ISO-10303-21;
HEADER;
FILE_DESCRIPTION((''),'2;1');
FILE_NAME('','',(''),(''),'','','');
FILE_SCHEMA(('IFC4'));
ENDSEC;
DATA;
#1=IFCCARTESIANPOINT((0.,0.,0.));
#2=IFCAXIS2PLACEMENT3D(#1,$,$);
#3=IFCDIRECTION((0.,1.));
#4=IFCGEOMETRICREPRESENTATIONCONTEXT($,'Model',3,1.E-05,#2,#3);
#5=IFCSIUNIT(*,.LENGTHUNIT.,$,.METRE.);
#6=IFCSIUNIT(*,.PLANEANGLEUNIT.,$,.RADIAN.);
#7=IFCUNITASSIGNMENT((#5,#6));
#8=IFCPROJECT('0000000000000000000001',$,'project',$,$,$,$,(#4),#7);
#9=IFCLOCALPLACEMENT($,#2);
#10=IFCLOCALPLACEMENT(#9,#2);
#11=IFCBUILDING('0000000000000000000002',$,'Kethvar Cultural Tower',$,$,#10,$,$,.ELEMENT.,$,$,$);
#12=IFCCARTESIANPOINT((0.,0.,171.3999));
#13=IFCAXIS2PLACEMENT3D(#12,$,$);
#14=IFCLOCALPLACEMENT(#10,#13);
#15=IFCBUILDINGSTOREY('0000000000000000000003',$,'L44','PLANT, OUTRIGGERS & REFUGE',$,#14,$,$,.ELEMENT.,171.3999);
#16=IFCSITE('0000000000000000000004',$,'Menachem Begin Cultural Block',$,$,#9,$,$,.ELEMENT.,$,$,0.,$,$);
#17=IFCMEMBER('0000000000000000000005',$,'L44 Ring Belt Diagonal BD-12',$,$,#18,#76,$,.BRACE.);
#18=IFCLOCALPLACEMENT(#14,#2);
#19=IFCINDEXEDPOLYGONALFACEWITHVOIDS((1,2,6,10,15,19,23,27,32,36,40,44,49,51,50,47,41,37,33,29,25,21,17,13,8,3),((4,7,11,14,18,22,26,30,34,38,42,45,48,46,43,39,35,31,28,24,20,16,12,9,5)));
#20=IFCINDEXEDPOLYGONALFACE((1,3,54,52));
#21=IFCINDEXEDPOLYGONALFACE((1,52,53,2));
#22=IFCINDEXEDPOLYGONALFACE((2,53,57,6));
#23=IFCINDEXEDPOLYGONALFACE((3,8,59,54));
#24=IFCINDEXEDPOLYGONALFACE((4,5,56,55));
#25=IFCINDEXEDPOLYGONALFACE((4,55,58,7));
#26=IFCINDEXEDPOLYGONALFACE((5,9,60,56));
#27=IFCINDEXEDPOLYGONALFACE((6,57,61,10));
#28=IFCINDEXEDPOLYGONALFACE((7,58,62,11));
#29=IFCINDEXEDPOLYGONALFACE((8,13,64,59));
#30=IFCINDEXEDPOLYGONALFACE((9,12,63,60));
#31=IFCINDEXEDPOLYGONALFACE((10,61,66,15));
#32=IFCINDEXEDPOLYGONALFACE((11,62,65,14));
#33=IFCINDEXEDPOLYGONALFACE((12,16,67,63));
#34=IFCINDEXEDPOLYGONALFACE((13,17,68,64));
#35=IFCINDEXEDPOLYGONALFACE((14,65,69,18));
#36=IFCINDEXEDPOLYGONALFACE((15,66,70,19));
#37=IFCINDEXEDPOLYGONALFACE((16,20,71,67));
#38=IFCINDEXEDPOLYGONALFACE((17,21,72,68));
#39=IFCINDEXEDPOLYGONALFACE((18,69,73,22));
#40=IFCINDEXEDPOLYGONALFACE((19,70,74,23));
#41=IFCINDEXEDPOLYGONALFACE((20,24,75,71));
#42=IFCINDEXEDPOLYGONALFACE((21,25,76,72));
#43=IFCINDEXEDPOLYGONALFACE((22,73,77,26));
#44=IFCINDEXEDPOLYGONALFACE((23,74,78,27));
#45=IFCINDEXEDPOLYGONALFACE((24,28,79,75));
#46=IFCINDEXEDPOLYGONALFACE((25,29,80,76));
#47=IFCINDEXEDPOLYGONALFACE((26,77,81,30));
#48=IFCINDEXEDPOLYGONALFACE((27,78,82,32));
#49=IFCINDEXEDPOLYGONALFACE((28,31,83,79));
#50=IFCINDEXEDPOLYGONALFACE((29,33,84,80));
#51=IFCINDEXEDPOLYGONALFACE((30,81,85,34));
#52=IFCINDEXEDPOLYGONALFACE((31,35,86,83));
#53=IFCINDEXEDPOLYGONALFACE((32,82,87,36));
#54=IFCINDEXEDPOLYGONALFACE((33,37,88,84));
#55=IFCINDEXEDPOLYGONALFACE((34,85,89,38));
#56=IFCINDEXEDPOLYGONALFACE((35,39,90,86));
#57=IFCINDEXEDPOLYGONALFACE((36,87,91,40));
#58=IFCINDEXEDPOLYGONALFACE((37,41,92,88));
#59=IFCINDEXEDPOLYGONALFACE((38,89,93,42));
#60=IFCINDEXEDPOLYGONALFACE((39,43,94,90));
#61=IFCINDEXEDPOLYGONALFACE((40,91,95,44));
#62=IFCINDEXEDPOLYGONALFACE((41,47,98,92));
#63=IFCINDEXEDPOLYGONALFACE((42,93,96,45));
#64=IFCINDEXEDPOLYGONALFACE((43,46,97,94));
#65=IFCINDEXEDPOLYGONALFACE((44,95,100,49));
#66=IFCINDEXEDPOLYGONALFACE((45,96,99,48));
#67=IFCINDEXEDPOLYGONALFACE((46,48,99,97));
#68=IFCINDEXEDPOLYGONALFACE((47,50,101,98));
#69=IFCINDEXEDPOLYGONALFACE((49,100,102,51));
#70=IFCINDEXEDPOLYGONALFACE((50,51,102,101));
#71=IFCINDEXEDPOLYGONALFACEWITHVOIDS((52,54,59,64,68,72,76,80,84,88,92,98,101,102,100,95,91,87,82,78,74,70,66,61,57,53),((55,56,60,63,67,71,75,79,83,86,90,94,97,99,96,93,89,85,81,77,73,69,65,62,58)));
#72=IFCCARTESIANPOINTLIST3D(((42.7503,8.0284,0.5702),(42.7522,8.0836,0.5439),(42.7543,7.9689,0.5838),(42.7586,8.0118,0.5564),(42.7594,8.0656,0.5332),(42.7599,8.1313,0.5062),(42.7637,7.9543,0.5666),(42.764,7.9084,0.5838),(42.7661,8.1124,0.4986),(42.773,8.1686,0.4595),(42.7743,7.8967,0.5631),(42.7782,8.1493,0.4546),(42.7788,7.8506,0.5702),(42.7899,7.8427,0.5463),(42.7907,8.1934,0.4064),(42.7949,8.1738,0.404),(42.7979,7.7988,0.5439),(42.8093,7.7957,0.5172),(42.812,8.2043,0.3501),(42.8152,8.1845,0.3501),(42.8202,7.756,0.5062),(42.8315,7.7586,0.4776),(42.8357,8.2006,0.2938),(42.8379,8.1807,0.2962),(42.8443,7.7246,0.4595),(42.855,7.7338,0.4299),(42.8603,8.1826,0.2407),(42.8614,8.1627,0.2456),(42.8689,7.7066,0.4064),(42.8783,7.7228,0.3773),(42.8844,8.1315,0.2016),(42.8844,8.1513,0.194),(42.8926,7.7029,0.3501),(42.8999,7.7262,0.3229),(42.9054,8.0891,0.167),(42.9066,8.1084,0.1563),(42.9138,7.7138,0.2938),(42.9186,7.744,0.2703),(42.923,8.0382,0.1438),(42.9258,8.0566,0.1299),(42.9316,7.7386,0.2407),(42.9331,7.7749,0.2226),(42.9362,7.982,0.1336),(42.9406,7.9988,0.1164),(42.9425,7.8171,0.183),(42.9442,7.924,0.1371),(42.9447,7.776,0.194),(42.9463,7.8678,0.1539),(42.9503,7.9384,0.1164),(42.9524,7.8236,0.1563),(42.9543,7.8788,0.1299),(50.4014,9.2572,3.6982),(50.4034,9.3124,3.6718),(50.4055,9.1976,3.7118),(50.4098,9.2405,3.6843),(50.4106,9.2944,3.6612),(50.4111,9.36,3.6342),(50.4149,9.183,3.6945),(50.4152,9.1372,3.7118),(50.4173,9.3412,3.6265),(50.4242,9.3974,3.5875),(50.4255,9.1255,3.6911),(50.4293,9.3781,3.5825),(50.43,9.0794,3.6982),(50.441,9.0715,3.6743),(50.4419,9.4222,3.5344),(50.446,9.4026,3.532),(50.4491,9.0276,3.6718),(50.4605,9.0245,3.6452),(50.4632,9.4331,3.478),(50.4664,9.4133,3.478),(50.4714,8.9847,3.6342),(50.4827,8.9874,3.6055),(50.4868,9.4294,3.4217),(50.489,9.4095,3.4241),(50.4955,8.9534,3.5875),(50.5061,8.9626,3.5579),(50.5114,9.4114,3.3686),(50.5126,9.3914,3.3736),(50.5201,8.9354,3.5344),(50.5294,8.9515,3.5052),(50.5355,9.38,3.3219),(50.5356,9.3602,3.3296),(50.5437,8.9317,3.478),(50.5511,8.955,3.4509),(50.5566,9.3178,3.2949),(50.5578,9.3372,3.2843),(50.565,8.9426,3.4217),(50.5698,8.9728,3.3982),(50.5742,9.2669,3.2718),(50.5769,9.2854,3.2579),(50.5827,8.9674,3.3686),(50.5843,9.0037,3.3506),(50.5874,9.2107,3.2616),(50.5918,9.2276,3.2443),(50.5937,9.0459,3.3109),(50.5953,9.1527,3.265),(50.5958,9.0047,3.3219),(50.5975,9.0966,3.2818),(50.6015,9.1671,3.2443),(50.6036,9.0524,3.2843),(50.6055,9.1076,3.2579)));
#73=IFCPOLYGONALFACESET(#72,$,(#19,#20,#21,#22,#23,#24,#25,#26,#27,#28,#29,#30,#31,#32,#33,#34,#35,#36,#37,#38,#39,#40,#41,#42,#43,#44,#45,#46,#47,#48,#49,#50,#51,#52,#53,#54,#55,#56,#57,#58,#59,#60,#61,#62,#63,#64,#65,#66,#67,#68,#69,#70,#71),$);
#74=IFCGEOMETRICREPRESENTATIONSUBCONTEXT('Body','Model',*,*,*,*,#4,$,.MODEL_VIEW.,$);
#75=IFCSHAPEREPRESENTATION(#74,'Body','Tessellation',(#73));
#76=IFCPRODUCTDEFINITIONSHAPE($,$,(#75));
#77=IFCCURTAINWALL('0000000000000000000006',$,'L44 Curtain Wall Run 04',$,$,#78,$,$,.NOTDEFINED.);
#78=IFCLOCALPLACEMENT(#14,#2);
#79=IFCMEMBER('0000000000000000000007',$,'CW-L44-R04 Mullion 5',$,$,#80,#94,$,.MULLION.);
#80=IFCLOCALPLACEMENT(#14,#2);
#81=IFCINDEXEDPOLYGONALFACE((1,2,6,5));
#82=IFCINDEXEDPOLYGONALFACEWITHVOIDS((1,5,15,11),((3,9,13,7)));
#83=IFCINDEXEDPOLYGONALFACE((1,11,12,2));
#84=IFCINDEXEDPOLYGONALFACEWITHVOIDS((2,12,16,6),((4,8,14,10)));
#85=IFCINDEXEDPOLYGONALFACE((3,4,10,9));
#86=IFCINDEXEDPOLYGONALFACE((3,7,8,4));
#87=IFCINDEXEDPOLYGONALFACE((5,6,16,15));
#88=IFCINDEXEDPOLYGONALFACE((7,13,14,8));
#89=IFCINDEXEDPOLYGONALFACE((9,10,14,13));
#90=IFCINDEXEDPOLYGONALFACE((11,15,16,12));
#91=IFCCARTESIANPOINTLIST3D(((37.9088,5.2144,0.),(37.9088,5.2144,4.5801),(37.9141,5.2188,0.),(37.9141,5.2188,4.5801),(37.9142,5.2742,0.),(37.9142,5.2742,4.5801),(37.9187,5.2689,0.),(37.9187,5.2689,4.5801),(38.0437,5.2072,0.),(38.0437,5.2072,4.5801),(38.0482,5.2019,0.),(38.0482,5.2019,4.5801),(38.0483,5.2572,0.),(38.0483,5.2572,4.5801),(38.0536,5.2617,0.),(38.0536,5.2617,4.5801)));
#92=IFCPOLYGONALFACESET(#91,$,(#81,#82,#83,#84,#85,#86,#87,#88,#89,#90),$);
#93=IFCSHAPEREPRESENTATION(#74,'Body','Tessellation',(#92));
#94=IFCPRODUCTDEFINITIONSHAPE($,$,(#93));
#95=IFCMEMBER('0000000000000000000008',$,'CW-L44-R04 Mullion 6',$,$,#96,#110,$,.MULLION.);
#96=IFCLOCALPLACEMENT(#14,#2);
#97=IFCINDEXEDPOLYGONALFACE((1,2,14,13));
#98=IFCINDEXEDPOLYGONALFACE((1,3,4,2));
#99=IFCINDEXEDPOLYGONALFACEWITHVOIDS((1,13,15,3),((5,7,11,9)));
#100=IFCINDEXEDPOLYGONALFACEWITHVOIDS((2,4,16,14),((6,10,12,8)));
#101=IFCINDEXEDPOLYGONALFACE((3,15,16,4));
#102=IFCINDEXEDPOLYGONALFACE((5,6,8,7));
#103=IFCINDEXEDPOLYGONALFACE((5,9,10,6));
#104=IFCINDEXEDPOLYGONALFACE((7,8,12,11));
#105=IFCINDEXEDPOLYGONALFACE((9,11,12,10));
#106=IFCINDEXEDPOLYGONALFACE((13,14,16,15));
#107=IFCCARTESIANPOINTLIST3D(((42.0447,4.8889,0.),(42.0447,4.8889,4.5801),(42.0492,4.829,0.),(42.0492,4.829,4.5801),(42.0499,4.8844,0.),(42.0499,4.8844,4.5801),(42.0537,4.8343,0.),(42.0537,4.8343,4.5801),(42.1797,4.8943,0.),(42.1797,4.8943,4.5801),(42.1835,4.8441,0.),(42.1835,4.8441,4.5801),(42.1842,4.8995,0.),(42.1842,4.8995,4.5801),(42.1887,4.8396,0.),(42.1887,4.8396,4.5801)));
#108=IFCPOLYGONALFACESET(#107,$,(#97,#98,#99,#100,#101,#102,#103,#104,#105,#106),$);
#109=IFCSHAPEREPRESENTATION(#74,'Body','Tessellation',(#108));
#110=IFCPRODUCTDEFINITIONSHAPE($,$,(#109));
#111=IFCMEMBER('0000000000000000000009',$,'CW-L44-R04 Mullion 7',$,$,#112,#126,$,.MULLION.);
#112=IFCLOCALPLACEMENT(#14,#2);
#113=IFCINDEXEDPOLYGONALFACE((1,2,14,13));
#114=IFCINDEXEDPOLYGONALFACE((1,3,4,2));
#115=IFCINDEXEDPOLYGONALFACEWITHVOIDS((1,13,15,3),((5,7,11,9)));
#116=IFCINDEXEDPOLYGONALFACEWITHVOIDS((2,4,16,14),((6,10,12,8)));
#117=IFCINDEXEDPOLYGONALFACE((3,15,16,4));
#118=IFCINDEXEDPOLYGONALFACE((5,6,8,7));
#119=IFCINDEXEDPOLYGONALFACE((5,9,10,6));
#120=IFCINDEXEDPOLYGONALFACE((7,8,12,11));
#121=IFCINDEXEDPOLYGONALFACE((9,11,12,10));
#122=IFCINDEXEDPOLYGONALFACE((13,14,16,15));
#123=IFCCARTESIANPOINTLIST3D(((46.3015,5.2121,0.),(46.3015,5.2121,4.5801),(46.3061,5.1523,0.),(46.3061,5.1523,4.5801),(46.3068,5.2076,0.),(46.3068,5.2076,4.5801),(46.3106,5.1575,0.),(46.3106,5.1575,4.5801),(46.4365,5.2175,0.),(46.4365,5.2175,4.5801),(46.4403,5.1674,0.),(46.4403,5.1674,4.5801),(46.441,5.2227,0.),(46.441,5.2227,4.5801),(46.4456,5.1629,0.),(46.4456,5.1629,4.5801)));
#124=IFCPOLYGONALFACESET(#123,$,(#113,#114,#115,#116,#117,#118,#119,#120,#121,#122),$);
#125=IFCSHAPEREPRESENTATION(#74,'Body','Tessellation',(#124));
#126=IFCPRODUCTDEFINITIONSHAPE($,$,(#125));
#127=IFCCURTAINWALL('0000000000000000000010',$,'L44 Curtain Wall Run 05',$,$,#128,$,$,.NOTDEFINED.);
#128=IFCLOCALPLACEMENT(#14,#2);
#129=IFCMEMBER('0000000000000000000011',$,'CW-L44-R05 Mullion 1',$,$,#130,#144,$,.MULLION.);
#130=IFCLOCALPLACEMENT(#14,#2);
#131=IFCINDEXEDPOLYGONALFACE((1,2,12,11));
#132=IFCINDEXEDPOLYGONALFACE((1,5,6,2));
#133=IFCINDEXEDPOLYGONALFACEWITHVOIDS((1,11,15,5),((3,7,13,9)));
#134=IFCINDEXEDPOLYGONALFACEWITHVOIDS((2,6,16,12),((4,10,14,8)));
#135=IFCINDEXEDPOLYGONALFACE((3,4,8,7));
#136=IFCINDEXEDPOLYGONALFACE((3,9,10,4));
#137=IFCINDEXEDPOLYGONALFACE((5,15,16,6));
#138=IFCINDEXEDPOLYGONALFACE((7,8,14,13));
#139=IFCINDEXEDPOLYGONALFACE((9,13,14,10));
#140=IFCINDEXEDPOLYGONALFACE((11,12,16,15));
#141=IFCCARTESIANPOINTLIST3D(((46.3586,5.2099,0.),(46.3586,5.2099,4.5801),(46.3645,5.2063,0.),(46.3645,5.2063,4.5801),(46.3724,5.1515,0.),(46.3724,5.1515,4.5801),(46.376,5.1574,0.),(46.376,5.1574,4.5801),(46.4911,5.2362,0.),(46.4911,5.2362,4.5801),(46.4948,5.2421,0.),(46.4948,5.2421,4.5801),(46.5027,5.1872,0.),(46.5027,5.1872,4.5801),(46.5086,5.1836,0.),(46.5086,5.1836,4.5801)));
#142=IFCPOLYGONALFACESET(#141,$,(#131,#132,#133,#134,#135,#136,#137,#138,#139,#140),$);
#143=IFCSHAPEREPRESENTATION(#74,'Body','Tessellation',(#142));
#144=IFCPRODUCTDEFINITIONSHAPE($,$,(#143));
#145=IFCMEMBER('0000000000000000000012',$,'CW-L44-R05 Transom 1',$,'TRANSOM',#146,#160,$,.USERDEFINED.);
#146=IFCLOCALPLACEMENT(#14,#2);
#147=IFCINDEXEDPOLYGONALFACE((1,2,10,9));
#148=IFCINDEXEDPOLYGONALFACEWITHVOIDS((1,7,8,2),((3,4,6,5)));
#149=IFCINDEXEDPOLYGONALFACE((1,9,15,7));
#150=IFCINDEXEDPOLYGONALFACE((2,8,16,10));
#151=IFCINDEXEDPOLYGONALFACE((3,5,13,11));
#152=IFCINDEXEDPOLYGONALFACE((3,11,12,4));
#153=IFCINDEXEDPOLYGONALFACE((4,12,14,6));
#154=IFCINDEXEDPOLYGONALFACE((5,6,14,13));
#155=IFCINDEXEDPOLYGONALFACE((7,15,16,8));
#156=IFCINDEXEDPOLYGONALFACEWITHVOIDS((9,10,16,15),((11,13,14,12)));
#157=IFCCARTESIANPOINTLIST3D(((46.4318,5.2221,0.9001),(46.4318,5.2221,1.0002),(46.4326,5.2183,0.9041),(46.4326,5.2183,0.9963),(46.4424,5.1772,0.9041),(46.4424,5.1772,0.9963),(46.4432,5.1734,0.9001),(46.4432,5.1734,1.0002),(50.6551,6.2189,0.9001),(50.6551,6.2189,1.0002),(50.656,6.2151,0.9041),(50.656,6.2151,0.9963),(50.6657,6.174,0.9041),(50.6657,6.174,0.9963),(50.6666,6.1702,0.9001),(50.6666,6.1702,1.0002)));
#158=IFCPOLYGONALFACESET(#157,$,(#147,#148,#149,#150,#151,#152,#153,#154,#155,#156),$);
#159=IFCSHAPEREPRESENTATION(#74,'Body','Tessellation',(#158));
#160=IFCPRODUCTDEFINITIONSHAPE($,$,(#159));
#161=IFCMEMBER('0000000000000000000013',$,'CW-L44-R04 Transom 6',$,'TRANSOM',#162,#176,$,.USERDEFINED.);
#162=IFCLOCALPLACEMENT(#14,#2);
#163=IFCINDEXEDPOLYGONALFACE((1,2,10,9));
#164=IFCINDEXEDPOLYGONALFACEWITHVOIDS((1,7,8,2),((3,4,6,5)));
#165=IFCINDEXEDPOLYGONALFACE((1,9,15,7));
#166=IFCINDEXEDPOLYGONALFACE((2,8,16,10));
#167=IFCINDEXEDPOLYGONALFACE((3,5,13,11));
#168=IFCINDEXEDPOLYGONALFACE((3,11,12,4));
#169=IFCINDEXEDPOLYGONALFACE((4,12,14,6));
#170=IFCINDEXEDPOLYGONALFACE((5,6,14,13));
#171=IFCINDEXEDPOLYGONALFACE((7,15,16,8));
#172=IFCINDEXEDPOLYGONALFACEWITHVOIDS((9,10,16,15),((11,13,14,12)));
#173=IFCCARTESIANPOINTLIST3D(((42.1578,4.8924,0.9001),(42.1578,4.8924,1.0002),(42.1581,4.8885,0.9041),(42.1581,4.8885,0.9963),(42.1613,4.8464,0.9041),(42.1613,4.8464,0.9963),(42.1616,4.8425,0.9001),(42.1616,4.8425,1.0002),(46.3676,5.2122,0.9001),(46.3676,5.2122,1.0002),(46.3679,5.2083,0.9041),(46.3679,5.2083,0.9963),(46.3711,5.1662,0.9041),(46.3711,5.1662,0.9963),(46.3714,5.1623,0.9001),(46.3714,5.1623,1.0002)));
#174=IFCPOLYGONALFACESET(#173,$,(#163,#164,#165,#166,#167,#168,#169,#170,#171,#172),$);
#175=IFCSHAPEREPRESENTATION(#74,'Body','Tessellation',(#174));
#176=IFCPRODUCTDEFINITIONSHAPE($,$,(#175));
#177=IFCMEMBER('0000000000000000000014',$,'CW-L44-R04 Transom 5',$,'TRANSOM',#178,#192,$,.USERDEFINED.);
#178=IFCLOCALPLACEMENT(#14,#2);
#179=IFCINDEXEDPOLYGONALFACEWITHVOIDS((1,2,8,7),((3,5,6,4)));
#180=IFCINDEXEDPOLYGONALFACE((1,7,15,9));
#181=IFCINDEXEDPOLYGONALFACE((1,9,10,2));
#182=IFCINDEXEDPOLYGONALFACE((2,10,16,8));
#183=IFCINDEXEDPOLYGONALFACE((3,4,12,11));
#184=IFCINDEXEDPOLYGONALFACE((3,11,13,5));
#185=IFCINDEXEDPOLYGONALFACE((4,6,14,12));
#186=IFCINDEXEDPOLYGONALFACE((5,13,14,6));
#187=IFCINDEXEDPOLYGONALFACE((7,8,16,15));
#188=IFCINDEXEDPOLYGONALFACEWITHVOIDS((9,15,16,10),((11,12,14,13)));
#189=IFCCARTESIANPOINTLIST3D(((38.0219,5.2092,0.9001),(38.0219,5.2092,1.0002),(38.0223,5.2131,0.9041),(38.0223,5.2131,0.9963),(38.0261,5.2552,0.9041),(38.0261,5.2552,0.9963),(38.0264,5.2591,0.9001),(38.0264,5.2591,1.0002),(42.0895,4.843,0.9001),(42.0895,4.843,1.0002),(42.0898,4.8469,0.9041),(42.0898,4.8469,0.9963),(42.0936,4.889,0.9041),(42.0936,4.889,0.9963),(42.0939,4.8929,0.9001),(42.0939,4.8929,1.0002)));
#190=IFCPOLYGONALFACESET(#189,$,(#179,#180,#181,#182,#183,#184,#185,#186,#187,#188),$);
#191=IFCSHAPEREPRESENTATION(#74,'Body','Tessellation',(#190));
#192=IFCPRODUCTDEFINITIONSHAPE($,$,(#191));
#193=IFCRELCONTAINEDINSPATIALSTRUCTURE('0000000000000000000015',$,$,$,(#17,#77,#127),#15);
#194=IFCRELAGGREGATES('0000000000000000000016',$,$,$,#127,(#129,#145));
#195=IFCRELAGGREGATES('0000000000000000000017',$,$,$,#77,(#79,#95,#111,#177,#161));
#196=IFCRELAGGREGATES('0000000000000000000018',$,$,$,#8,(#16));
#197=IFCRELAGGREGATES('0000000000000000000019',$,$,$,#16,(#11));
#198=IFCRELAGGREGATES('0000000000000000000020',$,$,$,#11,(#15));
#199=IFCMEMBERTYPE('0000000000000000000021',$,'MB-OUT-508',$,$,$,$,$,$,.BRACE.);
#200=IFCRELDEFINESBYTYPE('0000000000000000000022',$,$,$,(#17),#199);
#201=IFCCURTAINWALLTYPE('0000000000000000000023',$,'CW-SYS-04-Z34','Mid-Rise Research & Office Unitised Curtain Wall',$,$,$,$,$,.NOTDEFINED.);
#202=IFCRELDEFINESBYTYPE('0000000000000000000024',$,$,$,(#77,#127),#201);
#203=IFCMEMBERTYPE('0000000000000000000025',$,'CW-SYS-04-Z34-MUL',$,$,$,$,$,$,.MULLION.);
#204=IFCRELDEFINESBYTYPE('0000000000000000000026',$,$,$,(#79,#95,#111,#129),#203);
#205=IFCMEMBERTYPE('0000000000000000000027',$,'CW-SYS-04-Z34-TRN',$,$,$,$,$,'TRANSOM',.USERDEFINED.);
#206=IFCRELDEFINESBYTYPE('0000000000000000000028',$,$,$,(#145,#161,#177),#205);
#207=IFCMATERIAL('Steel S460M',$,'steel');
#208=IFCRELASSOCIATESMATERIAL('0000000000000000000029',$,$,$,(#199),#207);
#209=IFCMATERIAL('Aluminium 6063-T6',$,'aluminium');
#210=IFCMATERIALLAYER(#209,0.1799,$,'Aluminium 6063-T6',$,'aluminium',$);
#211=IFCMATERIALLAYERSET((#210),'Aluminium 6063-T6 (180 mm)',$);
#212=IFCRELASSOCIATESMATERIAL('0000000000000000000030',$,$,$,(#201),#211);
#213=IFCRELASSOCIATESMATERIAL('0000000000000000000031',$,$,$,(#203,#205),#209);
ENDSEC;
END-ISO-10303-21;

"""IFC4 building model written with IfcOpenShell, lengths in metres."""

from ifc_helpers import new_model, si_unit, direction, frame, origin, origin_2d, place, context, subcontext, project, spatial, hollow_rectangle, hollow_circle, extrude, source, transform, mapped, material, layer, layer_set, material_profile, profile_set, type_object, element, aggregate, save


model = new_model("IFC4")

# Units and contexts
model_context = context("Model", 3, precision=1e-05, world=origin(), true_north=direction((0.0, 1.0)))
body_context = subcontext(model_context, "Body", "Model", "MODEL_VIEW")
ifc_project = project(units=[si_unit("LENGTHUNIT", "METRE"), si_unit("PLANEANGLEUNIT", "RADIAN")], contexts=[model_context])

# Site, building, storey
site_placement = place(None, origin())
site = spatial("IfcSite", under=ifc_project, at=site_placement, Name="Menachem Begin Cultural Block", CompositionType="ELEMENT", RefElevation=0.0)
building_placement = place(site_placement, origin())
building = spatial("IfcBuilding", under=site, at=building_placement, Name="Kethvar Cultural Tower", CompositionType="ELEMENT")
storey_placement = place(building_placement, frame((0.0, 0.0, 171.3999)))
storey = spatial("IfcBuildingStorey", under=building, at=storey_placement, Name="L44", Description="PLANT, OUTRIGGERS & REFUGE", CompositionType="ELEMENT", Elevation=171.3999)

# Shared definitions
ifc_material_1 = material(Name="Steel S460M", Category="steel")

# Shared definitions
ifc_material_profile_1 = material_profile(ifc_material_1, hollow_circle(Radius=0.2539, WallThickness=0.02, at=origin_2d()), Name="Steel S460M — CHS508x20")
ifc_profile_set_1 = profile_set([ifc_material_profile_1], Name="Steel S460M — CHS508x20")
member_type_1 = type_object("IfcMemberType", Name="MB-OUT-508", PredefinedType="BRACE", material=ifc_profile_set_1)

# Member
shared_shape_1 = source(origin(), body_context, "Body", "SweptSolid", [
    extrude(hollow_circle(Radius=0.2539, WallThickness=0.02, at=origin_2d()), origin(), (0.0, 0.0, 1.0), 8.3567),
])
member_1_placement = place(storey_placement, frame((42.8523, 7.9536, 0.3501), z_axis=(0.915574, 0.14704, 0.374305), x_axis=(-0.158567, 0.987348, 0.0)))
element("IfcMember", 1, at=member_1_placement, inside=storey, type_object=member_type_1, Name="L44 Ring Belt Diagonal BD-12", PredefinedType="BRACE", context=body_context, shape_type="MappedRepresentation", body=[
    mapped(shared_shape_1, transform((0.0, 0.0, 0.0), scale=1.0)),
])

# Curtain walls, members
ifc_material_2 = material(Name="Aluminium 6063-T6", Category="aluminium")
ifc_layer_1 = layer(ifc_material_2, 0.1799, Name="Aluminium 6063-T6", Category="aluminium")
ifc_layer_set_1 = layer_set([ifc_layer_1], Name="Aluminium 6063-T6 (180 mm)")
curtain_wall_type = type_object("IfcCurtainWallType", Name="CW-SYS-04-Z34", Description="Mid-Rise Research & Office Unitised Curtain Wall", PredefinedType="NOTDEFINED", material=ifc_layer_set_1)
curtain_wall_1_placement = place(storey_placement, origin())
curtain_wall_1 = element("IfcCurtainWall", 2, at=curtain_wall_1_placement, inside=storey, type_object=curtain_wall_type, Name="L44 Curtain Wall Run 04", PredefinedType="NOTDEFINED")
ifc_material_profile_2 = material_profile(ifc_material_2, hollow_rectangle(XDim=0.0601, YDim=0.1399, WallThickness=0.0049, at=origin_2d()), Name="Aluminium 6063-T6 — RHS140x60x5")
ifc_profile_set_2 = profile_set([ifc_material_profile_2], Name="Aluminium 6063-T6 — RHS140x60x5")
member_type_2 = type_object("IfcMemberType", Name="CW-SYS-04-Z34-MUL", PredefinedType="MULLION", material=ifc_profile_set_2)
shared_shape_2 = source(origin(), body_context, "Body", "SweptSolid", [
    extrude(hollow_rectangle(XDim=0.0601, YDim=0.1399, WallThickness=0.0049, at=origin_2d()), origin(), (0.0, 0.0, 1.0), 4.5801),
])
member_2_placement = place(storey_placement, frame((37.9812, 5.238, 0.0), z_axis=(0.0, 0.0, 1.0), x_axis=(0.089659, 0.995973, 0.0)))
member_2 = element("IfcMember", 3, at=member_2_placement, type_object=member_type_2, Name="CW-L44-R04 Mullion 5", PredefinedType="MULLION", context=body_context, shape_type="MappedRepresentation", body=[
    mapped(shared_shape_2, transform((0.0, 0.0, 0.0), scale=1.0)),
])
member_3_placement = place(storey_placement, frame((42.1167, 4.8643, 0.0), z_axis=(0.0, 0.0, 1.0), x_axis=(-0.075744, 0.997127, 0.0)))
member_3 = element("IfcMember", 4, at=member_3_placement, type_object=member_type_2, Name="CW-L44-R04 Mullion 6", PredefinedType="MULLION", context=body_context, shape_type="MappedRepresentation", body=[
    mapped(shared_shape_2, transform((0.0, 0.0, 0.0), scale=1.0)),
])
member_4_placement = place(storey_placement, frame((46.3735, 5.1875, 0.0), z_axis=(0.0, 0.0, 1.0), x_axis=(-0.075744, 0.997127, 0.0)))
member_4 = element("IfcMember", 5, at=member_4_placement, type_object=member_type_2, Name="CW-L44-R04 Mullion 7", PredefinedType="MULLION", context=body_context, shape_type="MappedRepresentation", body=[
    mapped(shared_shape_2, transform((0.0, 0.0, 0.0), scale=1.0)),
])
curtain_wall_2_placement = place(storey_placement, origin())
curtain_wall_2 = element("IfcCurtainWall", 6, at=curtain_wall_2_placement, inside=storey, type_object=curtain_wall_type, Name="L44 Curtain Wall Run 05", PredefinedType="NOTDEFINED")
member_5_placement = place(storey_placement, frame((46.4336, 5.1968, 0.0), z_axis=(0.0, 0.0, 1.0), x_axis=(-0.22971, 0.973259, 0.0)))
member_5 = element("IfcMember", 7, at=member_5_placement, type_object=member_type_2, Name="CW-L44-R05 Mullion 1", PredefinedType="MULLION", context=body_context, shape_type="MappedRepresentation", body=[
    mapped(shared_shape_2, transform((0.0, 0.0, 0.0), scale=1.0)),
])
ifc_material_profile_3 = material_profile(ifc_material_2, hollow_rectangle(XDim=0.05, YDim=0.1001, WallThickness=0.0039, at=origin_2d()), Name="Aluminium 6063-T6 — RHS100x50x4")
ifc_profile_set_3 = profile_set([ifc_material_profile_3], Name="Aluminium 6063-T6 — RHS100x50x4")
member_type_3 = type_object("IfcMemberType", Name="CW-SYS-04-Z34-TRN", ElementType="TRANSOM", PredefinedType="USERDEFINED", material=ifc_profile_set_3)
shared_shape_3 = source(origin(), body_context, "Body", "SweptSolid", [
    extrude(hollow_rectangle(XDim=0.05, YDim=0.1001, WallThickness=0.0039, at=origin_2d()), origin(), (0.0, 0.0, 1.0), 4.3394),
])
member_6_placement = place(storey_placement, frame((46.4375, 5.1978, 0.9502), z_axis=(0.973258, 0.229713, 0.0), x_axis=(-0.229713, 0.973258, 0.0)))
member_6 = element("IfcMember", 8, at=member_6_placement, type_object=member_type_3, Name="CW-L44-R05 Transom 1", ObjectType="TRANSOM", PredefinedType="USERDEFINED", context=body_context, shape_type="MappedRepresentation", body=[
    mapped(shared_shape_3, transform((0.0, 0.0, 0.0), scale=1.0)),
])
aggregate(curtain_wall_2, [member_5, member_6])

# Members
shared_shape_4 = source(origin(), body_context, "Body", "SweptSolid", [
    extrude(hollow_rectangle(XDim=0.05, YDim=0.1001, WallThickness=0.0039, at=origin_2d()), origin(), (0.0, 0.0, 1.0), 4.2219),
])
member_7_placement = place(storey_placement, frame((42.1597, 4.8674, 0.9502), z_axis=(0.997126, 0.075755, 0.0), x_axis=(-0.075755, 0.997126, 0.0)))
member_7 = element("IfcMember", 9, at=member_7_placement, type_object=member_type_3, Name="CW-L44-R04 Transom 6", ObjectType="TRANSOM", PredefinedType="USERDEFINED", context=body_context, shape_type="MappedRepresentation", body=[
    mapped(shared_shape_4, transform((0.0, 0.0, 0.0), scale=1.0)),
])
shared_shape_5 = source(origin(), body_context, "Body", "SweptSolid", [
    extrude(hollow_rectangle(XDim=0.05, YDim=0.1001, WallThickness=0.0039, at=origin_2d()), origin(), (0.0, 0.0, 1.0), 4.084),
])
member_8_placement = place(storey_placement, frame((38.0242, 5.2341, 0.9502), z_axis=(0.995972, -0.089668, 0.0), x_axis=(0.089668, 0.995972, 0.0)))
member_8 = element("IfcMember", 10, at=member_8_placement, type_object=member_type_3, Name="CW-L44-R04 Transom 5", ObjectType="TRANSOM", PredefinedType="USERDEFINED", context=body_context, shape_type="MappedRepresentation", body=[
    mapped(shared_shape_5, transform((0.0, 0.0, 0.0), scale=1.0)),
])

aggregate(curtain_wall_1, [member_2, member_3, member_4, member_8, member_7])

save(model, "model.ifc")
